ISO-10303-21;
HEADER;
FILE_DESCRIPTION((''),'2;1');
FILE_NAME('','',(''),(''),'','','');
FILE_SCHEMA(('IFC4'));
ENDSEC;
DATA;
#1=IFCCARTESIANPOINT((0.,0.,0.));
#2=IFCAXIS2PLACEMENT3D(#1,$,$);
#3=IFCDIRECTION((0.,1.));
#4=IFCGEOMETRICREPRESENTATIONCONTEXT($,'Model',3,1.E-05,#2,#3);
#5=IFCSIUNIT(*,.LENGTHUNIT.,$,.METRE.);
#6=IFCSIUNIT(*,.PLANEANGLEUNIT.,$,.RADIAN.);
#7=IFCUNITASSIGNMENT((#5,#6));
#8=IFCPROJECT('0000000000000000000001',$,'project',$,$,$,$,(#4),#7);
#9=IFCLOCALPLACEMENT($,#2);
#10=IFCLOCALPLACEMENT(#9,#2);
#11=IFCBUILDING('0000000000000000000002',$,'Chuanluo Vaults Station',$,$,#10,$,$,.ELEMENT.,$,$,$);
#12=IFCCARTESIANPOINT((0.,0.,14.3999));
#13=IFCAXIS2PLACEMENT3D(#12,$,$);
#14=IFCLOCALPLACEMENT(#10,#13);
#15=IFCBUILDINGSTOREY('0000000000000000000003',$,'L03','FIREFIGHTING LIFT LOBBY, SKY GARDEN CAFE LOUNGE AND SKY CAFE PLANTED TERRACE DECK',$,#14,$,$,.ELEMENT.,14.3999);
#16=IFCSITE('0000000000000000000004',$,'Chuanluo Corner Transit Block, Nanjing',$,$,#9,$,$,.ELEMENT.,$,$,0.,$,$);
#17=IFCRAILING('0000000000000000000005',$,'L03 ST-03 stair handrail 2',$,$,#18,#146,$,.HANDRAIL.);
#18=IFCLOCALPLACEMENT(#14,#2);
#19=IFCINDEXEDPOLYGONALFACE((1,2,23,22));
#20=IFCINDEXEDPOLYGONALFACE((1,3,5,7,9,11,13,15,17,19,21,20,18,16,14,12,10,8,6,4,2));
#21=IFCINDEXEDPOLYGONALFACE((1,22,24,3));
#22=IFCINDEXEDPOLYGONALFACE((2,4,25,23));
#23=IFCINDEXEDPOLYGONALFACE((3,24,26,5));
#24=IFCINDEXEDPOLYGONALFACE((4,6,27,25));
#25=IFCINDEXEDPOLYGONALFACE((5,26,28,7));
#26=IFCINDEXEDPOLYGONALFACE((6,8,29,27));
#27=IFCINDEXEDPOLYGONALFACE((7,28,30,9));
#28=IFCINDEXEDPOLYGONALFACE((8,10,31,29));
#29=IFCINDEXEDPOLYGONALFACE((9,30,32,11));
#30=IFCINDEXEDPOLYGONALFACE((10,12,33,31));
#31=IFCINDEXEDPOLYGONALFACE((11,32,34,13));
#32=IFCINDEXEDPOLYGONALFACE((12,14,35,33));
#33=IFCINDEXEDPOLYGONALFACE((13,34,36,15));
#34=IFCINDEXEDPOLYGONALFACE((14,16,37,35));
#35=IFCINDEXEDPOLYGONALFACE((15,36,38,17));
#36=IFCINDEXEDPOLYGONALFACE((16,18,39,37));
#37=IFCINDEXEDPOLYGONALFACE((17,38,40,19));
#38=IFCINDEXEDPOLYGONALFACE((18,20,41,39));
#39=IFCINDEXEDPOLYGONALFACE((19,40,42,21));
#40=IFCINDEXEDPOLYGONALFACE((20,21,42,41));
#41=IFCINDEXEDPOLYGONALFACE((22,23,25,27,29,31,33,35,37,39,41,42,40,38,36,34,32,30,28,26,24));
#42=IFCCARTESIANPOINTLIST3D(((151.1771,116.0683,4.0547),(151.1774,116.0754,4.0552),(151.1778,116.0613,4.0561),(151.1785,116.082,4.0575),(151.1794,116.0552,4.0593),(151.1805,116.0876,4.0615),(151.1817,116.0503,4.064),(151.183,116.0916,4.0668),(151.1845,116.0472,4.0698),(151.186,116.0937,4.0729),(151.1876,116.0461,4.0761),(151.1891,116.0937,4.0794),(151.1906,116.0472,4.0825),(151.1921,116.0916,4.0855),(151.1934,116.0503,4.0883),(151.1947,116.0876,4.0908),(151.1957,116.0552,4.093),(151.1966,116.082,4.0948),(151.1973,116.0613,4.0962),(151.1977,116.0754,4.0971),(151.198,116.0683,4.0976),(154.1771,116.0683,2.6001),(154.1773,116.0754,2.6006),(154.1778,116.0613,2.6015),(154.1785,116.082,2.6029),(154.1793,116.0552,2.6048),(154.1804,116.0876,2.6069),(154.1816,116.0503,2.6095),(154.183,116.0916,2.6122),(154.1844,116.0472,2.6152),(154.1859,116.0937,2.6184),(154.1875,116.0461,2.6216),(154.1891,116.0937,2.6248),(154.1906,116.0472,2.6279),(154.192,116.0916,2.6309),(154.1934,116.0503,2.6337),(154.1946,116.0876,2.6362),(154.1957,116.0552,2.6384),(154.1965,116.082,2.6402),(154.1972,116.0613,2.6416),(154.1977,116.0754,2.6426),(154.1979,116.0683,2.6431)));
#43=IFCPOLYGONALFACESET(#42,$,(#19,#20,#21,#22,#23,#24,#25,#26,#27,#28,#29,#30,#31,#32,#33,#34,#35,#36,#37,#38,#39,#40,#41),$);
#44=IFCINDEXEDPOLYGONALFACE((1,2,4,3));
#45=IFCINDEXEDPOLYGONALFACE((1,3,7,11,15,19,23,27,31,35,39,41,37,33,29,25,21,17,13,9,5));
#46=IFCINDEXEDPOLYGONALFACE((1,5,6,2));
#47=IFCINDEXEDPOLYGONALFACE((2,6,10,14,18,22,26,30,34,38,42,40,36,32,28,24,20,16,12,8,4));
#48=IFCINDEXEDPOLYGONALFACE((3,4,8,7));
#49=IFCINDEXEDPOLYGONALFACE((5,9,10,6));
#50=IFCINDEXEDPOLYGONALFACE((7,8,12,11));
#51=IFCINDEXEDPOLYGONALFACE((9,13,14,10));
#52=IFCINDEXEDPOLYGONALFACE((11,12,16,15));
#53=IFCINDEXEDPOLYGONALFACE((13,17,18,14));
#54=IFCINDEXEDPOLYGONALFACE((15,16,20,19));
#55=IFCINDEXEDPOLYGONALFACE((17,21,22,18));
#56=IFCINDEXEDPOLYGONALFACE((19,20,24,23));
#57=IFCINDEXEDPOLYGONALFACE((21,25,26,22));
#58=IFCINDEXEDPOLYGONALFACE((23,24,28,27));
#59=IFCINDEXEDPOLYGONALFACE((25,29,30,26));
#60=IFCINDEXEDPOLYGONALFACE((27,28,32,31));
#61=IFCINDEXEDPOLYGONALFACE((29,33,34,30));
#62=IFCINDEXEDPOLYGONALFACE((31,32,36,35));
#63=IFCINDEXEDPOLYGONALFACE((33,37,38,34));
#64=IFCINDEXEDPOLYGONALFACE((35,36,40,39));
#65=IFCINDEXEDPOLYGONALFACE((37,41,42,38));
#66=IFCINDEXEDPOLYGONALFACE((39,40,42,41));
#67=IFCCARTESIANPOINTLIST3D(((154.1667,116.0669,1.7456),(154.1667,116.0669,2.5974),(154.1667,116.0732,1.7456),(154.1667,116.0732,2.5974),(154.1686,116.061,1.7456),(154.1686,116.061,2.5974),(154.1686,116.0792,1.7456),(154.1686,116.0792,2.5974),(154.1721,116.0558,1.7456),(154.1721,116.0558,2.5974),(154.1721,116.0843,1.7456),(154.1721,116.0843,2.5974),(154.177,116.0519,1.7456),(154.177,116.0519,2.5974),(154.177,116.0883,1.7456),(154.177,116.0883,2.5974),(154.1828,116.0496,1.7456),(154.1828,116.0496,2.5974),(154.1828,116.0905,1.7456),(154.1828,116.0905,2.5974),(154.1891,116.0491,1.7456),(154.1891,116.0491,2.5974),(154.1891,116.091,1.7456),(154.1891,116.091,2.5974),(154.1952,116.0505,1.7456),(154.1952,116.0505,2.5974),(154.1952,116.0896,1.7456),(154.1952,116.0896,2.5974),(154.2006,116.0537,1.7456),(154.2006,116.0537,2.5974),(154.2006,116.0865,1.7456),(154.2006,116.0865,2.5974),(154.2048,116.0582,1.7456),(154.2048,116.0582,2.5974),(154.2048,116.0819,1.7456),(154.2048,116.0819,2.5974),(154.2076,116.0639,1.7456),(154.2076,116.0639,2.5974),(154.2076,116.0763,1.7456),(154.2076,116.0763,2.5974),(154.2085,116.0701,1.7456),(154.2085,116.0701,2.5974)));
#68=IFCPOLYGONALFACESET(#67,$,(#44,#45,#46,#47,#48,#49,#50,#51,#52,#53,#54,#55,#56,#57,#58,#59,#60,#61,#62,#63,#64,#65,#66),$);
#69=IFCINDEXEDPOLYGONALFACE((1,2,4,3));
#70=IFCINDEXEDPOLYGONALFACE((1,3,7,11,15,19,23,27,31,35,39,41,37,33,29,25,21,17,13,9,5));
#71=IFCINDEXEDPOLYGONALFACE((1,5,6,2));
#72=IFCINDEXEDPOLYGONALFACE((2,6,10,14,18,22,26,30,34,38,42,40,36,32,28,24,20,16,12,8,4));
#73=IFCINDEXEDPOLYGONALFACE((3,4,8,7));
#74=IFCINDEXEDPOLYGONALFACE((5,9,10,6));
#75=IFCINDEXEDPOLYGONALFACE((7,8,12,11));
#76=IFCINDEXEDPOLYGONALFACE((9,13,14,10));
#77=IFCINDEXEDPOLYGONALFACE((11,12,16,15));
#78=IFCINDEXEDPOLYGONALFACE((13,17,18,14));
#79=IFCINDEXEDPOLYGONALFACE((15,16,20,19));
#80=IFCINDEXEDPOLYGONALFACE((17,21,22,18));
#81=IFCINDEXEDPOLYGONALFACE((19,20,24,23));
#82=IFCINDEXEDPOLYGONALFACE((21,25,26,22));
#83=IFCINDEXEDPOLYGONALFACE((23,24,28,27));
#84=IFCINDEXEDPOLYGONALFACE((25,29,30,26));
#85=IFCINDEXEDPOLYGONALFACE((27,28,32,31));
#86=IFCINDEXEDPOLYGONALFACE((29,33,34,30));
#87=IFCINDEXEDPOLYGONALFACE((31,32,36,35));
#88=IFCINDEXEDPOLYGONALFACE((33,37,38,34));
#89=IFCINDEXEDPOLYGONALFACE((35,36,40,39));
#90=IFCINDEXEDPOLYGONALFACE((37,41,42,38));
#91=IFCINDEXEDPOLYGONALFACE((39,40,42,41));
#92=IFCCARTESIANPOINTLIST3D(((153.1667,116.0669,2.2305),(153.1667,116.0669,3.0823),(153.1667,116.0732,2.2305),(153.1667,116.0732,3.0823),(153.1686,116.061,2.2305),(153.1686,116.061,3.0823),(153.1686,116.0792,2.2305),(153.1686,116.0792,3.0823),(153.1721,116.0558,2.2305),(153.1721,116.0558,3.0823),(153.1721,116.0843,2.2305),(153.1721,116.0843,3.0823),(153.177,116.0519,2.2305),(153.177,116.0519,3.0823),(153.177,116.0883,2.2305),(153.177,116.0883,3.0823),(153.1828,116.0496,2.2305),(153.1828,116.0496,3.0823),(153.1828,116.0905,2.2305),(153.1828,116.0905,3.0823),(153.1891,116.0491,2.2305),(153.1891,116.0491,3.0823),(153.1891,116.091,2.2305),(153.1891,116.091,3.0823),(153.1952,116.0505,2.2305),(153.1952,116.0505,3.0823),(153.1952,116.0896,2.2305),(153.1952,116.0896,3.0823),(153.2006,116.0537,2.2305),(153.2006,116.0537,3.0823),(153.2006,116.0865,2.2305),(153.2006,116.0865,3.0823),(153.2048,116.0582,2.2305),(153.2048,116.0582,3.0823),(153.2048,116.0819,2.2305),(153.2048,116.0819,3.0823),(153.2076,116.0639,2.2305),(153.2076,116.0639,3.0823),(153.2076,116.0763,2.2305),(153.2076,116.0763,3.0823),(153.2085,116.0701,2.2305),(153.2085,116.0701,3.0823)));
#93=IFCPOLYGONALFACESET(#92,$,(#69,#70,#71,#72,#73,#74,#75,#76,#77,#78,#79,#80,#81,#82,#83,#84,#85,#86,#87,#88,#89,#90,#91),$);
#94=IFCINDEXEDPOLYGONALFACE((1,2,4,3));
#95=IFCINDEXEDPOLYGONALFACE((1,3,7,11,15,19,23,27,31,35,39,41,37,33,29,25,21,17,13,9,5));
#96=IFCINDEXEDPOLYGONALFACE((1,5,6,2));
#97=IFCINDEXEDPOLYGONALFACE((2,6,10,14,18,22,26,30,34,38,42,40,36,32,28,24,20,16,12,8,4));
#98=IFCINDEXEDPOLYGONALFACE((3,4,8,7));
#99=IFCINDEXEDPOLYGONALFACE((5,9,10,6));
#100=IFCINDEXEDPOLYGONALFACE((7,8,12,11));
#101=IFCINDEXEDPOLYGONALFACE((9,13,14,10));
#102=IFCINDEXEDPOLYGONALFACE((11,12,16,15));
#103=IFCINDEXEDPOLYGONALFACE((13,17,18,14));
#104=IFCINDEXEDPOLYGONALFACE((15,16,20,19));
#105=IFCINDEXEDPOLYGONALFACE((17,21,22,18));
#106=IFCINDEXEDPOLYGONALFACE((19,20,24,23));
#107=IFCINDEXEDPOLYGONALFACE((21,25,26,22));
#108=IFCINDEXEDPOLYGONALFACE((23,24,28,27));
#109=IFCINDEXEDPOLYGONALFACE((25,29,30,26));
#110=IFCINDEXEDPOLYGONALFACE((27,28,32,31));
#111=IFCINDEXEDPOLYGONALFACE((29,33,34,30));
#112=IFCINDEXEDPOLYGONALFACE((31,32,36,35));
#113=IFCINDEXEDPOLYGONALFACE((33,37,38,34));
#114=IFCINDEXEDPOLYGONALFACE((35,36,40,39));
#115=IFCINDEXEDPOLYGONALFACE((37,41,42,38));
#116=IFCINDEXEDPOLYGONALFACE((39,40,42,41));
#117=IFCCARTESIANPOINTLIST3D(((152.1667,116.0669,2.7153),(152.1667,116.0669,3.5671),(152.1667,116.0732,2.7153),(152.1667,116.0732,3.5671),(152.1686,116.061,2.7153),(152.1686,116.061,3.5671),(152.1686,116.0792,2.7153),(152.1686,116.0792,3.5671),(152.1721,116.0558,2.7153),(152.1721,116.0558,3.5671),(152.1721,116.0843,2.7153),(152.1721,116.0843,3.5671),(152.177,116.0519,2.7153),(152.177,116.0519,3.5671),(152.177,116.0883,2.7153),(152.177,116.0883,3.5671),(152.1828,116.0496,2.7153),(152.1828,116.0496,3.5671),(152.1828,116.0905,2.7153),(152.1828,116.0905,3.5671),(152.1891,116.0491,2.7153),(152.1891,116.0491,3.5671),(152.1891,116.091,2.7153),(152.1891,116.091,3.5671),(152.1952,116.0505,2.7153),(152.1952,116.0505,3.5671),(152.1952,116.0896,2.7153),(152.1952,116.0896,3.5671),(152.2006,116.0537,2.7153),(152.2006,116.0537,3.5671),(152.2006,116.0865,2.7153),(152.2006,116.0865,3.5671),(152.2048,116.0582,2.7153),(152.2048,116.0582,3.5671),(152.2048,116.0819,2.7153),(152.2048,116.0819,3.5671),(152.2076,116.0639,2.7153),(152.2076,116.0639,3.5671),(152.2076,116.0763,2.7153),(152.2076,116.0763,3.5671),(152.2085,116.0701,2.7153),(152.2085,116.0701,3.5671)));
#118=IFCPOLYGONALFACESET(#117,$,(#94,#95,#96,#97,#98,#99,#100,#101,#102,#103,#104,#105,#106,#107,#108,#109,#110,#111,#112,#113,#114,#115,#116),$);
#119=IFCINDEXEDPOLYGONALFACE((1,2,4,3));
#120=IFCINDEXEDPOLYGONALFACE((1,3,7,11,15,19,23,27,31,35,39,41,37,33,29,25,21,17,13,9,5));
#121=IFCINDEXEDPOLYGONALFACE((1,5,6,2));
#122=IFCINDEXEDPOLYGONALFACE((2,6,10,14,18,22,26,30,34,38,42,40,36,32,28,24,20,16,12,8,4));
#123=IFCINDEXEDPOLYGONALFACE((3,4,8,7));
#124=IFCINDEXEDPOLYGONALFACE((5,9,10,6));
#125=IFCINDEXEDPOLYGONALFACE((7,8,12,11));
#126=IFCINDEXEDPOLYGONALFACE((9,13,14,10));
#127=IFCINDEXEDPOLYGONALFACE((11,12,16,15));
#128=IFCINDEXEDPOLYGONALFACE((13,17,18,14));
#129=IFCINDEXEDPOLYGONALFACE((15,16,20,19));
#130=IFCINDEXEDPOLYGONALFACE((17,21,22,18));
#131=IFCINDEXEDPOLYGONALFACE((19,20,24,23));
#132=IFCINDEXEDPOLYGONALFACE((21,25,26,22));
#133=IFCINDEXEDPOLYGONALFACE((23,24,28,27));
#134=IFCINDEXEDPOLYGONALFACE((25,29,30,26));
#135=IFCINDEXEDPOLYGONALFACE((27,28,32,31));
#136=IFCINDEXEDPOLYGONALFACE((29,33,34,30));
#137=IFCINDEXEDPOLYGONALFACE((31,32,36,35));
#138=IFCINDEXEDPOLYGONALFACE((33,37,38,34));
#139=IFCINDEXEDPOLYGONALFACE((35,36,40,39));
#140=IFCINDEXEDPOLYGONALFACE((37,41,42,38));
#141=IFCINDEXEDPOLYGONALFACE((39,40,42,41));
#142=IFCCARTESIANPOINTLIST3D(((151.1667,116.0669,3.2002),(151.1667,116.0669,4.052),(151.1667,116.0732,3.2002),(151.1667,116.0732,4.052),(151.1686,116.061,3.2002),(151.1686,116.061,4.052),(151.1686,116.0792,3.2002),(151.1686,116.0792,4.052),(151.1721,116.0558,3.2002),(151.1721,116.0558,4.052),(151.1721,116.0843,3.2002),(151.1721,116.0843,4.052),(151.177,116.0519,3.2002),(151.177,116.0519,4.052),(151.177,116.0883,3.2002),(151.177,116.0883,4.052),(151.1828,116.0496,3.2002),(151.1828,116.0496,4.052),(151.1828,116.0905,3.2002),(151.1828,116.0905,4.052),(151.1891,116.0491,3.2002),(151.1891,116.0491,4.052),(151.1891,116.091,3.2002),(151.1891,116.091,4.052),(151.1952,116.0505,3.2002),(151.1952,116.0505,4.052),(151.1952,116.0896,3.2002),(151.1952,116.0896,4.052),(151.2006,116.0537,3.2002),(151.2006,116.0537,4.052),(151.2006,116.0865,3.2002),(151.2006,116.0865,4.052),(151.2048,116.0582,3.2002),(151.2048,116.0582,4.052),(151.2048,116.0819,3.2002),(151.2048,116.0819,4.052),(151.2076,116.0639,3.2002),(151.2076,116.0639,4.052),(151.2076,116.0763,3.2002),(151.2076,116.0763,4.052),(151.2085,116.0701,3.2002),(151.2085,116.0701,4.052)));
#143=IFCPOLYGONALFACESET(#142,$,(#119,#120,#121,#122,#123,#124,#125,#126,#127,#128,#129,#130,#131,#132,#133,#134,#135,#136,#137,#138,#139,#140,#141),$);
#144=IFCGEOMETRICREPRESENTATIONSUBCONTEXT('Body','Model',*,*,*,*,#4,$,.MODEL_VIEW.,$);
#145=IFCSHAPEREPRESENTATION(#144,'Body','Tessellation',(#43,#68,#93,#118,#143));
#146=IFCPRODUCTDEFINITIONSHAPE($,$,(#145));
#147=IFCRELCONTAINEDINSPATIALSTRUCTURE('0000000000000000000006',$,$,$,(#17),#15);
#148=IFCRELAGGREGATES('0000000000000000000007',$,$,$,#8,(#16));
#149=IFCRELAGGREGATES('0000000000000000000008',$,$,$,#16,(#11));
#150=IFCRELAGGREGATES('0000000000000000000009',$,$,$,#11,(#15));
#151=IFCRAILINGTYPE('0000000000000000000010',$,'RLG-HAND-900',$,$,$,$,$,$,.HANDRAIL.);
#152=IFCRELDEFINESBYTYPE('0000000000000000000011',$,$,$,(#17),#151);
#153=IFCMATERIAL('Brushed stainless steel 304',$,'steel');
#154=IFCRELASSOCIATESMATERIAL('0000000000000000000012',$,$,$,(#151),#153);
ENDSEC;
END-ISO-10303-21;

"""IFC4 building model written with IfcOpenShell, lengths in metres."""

from ifc_helpers import new_model, si_unit, direction, frame, origin, origin_2d, place, context, subcontext, project, spatial, circle, extrude, material, type_object, element, save


model = new_model("IFC4")

# Units and contexts
model_context = context("Model", 3, precision=1e-05, world=origin(), true_north=direction((0.0, 1.0)))
body_context = subcontext(model_context, "Body", "Model", "MODEL_VIEW")
ifc_project = project(units=[si_unit("LENGTHUNIT", "METRE"), si_unit("PLANEANGLEUNIT", "RADIAN")], contexts=[model_context])

# Site, building, storey
site_placement = place(None, origin())
site = spatial("IfcSite", under=ifc_project, at=site_placement, Name="Chuanluo Corner Transit Block, Nanjing", CompositionType="ELEMENT", RefElevation=0.0)
building_placement = place(site_placement, origin())
building = spatial("IfcBuilding", under=site, at=building_placement, Name="Chuanluo Vaults Station", CompositionType="ELEMENT")
storey_placement = place(building_placement, frame((0.0, 0.0, 14.3999)))
storey = spatial("IfcBuildingStorey", under=building, at=storey_placement, Name="L03", Description="FIREFIGHTING LIFT LOBBY, SKY GARDEN CAFE LOUNGE AND SKY CAFE PLANTED TERRACE DECK", CompositionType="ELEMENT", Elevation=14.3999)

# Railing
ifc_material_1 = material(Name="Brushed stainless steel 304", Category="steel")
railing_type_1 = type_object("IfcRailingType", Name="RLG-HAND-900", PredefinedType="HANDRAIL", material=ifc_material_1)
railing_1_placement = place(storey_placement, frame((154.1875, 116.0701, 1.7456)))
element("IfcRailing", 1, at=railing_1_placement, inside=storey, type_object=railing_type_1, Name="L03 ST-03 stair handrail 2", PredefinedType="HANDRAIL", context=body_context, shape_type="SweptSolid", body=[
    extrude(circle(Radius=0.0239, at=origin_2d()), frame((0.0, 0.0, 0.876), z_axis=(-0.899809, 0.0, 0.436284), x_axis=(0.0, -1.0, 0.0)), (0.0, 0.0, 1.0), 3.334),
    extrude(circle(Radius=0.021, at=origin_2d()), origin(), (0.0, 0.0, 1.0), 0.8518),
    extrude(circle(Radius=0.021, at=origin_2d()), frame((-1.0, 0.0, 0.4849)), (0.0, 0.0, 1.0), 0.8518),
    extrude(circle(Radius=0.021, at=origin_2d()), frame((-2.0, 0.0, 0.9697)), (0.0, 0.0, 1.0), 0.8518),
    extrude(circle(Radius=0.021, at=origin_2d()), frame((-3.0, 0.0, 1.4546)), (0.0, 0.0, 1.0), 0.8518),
])

save(model, "model.ifc")
